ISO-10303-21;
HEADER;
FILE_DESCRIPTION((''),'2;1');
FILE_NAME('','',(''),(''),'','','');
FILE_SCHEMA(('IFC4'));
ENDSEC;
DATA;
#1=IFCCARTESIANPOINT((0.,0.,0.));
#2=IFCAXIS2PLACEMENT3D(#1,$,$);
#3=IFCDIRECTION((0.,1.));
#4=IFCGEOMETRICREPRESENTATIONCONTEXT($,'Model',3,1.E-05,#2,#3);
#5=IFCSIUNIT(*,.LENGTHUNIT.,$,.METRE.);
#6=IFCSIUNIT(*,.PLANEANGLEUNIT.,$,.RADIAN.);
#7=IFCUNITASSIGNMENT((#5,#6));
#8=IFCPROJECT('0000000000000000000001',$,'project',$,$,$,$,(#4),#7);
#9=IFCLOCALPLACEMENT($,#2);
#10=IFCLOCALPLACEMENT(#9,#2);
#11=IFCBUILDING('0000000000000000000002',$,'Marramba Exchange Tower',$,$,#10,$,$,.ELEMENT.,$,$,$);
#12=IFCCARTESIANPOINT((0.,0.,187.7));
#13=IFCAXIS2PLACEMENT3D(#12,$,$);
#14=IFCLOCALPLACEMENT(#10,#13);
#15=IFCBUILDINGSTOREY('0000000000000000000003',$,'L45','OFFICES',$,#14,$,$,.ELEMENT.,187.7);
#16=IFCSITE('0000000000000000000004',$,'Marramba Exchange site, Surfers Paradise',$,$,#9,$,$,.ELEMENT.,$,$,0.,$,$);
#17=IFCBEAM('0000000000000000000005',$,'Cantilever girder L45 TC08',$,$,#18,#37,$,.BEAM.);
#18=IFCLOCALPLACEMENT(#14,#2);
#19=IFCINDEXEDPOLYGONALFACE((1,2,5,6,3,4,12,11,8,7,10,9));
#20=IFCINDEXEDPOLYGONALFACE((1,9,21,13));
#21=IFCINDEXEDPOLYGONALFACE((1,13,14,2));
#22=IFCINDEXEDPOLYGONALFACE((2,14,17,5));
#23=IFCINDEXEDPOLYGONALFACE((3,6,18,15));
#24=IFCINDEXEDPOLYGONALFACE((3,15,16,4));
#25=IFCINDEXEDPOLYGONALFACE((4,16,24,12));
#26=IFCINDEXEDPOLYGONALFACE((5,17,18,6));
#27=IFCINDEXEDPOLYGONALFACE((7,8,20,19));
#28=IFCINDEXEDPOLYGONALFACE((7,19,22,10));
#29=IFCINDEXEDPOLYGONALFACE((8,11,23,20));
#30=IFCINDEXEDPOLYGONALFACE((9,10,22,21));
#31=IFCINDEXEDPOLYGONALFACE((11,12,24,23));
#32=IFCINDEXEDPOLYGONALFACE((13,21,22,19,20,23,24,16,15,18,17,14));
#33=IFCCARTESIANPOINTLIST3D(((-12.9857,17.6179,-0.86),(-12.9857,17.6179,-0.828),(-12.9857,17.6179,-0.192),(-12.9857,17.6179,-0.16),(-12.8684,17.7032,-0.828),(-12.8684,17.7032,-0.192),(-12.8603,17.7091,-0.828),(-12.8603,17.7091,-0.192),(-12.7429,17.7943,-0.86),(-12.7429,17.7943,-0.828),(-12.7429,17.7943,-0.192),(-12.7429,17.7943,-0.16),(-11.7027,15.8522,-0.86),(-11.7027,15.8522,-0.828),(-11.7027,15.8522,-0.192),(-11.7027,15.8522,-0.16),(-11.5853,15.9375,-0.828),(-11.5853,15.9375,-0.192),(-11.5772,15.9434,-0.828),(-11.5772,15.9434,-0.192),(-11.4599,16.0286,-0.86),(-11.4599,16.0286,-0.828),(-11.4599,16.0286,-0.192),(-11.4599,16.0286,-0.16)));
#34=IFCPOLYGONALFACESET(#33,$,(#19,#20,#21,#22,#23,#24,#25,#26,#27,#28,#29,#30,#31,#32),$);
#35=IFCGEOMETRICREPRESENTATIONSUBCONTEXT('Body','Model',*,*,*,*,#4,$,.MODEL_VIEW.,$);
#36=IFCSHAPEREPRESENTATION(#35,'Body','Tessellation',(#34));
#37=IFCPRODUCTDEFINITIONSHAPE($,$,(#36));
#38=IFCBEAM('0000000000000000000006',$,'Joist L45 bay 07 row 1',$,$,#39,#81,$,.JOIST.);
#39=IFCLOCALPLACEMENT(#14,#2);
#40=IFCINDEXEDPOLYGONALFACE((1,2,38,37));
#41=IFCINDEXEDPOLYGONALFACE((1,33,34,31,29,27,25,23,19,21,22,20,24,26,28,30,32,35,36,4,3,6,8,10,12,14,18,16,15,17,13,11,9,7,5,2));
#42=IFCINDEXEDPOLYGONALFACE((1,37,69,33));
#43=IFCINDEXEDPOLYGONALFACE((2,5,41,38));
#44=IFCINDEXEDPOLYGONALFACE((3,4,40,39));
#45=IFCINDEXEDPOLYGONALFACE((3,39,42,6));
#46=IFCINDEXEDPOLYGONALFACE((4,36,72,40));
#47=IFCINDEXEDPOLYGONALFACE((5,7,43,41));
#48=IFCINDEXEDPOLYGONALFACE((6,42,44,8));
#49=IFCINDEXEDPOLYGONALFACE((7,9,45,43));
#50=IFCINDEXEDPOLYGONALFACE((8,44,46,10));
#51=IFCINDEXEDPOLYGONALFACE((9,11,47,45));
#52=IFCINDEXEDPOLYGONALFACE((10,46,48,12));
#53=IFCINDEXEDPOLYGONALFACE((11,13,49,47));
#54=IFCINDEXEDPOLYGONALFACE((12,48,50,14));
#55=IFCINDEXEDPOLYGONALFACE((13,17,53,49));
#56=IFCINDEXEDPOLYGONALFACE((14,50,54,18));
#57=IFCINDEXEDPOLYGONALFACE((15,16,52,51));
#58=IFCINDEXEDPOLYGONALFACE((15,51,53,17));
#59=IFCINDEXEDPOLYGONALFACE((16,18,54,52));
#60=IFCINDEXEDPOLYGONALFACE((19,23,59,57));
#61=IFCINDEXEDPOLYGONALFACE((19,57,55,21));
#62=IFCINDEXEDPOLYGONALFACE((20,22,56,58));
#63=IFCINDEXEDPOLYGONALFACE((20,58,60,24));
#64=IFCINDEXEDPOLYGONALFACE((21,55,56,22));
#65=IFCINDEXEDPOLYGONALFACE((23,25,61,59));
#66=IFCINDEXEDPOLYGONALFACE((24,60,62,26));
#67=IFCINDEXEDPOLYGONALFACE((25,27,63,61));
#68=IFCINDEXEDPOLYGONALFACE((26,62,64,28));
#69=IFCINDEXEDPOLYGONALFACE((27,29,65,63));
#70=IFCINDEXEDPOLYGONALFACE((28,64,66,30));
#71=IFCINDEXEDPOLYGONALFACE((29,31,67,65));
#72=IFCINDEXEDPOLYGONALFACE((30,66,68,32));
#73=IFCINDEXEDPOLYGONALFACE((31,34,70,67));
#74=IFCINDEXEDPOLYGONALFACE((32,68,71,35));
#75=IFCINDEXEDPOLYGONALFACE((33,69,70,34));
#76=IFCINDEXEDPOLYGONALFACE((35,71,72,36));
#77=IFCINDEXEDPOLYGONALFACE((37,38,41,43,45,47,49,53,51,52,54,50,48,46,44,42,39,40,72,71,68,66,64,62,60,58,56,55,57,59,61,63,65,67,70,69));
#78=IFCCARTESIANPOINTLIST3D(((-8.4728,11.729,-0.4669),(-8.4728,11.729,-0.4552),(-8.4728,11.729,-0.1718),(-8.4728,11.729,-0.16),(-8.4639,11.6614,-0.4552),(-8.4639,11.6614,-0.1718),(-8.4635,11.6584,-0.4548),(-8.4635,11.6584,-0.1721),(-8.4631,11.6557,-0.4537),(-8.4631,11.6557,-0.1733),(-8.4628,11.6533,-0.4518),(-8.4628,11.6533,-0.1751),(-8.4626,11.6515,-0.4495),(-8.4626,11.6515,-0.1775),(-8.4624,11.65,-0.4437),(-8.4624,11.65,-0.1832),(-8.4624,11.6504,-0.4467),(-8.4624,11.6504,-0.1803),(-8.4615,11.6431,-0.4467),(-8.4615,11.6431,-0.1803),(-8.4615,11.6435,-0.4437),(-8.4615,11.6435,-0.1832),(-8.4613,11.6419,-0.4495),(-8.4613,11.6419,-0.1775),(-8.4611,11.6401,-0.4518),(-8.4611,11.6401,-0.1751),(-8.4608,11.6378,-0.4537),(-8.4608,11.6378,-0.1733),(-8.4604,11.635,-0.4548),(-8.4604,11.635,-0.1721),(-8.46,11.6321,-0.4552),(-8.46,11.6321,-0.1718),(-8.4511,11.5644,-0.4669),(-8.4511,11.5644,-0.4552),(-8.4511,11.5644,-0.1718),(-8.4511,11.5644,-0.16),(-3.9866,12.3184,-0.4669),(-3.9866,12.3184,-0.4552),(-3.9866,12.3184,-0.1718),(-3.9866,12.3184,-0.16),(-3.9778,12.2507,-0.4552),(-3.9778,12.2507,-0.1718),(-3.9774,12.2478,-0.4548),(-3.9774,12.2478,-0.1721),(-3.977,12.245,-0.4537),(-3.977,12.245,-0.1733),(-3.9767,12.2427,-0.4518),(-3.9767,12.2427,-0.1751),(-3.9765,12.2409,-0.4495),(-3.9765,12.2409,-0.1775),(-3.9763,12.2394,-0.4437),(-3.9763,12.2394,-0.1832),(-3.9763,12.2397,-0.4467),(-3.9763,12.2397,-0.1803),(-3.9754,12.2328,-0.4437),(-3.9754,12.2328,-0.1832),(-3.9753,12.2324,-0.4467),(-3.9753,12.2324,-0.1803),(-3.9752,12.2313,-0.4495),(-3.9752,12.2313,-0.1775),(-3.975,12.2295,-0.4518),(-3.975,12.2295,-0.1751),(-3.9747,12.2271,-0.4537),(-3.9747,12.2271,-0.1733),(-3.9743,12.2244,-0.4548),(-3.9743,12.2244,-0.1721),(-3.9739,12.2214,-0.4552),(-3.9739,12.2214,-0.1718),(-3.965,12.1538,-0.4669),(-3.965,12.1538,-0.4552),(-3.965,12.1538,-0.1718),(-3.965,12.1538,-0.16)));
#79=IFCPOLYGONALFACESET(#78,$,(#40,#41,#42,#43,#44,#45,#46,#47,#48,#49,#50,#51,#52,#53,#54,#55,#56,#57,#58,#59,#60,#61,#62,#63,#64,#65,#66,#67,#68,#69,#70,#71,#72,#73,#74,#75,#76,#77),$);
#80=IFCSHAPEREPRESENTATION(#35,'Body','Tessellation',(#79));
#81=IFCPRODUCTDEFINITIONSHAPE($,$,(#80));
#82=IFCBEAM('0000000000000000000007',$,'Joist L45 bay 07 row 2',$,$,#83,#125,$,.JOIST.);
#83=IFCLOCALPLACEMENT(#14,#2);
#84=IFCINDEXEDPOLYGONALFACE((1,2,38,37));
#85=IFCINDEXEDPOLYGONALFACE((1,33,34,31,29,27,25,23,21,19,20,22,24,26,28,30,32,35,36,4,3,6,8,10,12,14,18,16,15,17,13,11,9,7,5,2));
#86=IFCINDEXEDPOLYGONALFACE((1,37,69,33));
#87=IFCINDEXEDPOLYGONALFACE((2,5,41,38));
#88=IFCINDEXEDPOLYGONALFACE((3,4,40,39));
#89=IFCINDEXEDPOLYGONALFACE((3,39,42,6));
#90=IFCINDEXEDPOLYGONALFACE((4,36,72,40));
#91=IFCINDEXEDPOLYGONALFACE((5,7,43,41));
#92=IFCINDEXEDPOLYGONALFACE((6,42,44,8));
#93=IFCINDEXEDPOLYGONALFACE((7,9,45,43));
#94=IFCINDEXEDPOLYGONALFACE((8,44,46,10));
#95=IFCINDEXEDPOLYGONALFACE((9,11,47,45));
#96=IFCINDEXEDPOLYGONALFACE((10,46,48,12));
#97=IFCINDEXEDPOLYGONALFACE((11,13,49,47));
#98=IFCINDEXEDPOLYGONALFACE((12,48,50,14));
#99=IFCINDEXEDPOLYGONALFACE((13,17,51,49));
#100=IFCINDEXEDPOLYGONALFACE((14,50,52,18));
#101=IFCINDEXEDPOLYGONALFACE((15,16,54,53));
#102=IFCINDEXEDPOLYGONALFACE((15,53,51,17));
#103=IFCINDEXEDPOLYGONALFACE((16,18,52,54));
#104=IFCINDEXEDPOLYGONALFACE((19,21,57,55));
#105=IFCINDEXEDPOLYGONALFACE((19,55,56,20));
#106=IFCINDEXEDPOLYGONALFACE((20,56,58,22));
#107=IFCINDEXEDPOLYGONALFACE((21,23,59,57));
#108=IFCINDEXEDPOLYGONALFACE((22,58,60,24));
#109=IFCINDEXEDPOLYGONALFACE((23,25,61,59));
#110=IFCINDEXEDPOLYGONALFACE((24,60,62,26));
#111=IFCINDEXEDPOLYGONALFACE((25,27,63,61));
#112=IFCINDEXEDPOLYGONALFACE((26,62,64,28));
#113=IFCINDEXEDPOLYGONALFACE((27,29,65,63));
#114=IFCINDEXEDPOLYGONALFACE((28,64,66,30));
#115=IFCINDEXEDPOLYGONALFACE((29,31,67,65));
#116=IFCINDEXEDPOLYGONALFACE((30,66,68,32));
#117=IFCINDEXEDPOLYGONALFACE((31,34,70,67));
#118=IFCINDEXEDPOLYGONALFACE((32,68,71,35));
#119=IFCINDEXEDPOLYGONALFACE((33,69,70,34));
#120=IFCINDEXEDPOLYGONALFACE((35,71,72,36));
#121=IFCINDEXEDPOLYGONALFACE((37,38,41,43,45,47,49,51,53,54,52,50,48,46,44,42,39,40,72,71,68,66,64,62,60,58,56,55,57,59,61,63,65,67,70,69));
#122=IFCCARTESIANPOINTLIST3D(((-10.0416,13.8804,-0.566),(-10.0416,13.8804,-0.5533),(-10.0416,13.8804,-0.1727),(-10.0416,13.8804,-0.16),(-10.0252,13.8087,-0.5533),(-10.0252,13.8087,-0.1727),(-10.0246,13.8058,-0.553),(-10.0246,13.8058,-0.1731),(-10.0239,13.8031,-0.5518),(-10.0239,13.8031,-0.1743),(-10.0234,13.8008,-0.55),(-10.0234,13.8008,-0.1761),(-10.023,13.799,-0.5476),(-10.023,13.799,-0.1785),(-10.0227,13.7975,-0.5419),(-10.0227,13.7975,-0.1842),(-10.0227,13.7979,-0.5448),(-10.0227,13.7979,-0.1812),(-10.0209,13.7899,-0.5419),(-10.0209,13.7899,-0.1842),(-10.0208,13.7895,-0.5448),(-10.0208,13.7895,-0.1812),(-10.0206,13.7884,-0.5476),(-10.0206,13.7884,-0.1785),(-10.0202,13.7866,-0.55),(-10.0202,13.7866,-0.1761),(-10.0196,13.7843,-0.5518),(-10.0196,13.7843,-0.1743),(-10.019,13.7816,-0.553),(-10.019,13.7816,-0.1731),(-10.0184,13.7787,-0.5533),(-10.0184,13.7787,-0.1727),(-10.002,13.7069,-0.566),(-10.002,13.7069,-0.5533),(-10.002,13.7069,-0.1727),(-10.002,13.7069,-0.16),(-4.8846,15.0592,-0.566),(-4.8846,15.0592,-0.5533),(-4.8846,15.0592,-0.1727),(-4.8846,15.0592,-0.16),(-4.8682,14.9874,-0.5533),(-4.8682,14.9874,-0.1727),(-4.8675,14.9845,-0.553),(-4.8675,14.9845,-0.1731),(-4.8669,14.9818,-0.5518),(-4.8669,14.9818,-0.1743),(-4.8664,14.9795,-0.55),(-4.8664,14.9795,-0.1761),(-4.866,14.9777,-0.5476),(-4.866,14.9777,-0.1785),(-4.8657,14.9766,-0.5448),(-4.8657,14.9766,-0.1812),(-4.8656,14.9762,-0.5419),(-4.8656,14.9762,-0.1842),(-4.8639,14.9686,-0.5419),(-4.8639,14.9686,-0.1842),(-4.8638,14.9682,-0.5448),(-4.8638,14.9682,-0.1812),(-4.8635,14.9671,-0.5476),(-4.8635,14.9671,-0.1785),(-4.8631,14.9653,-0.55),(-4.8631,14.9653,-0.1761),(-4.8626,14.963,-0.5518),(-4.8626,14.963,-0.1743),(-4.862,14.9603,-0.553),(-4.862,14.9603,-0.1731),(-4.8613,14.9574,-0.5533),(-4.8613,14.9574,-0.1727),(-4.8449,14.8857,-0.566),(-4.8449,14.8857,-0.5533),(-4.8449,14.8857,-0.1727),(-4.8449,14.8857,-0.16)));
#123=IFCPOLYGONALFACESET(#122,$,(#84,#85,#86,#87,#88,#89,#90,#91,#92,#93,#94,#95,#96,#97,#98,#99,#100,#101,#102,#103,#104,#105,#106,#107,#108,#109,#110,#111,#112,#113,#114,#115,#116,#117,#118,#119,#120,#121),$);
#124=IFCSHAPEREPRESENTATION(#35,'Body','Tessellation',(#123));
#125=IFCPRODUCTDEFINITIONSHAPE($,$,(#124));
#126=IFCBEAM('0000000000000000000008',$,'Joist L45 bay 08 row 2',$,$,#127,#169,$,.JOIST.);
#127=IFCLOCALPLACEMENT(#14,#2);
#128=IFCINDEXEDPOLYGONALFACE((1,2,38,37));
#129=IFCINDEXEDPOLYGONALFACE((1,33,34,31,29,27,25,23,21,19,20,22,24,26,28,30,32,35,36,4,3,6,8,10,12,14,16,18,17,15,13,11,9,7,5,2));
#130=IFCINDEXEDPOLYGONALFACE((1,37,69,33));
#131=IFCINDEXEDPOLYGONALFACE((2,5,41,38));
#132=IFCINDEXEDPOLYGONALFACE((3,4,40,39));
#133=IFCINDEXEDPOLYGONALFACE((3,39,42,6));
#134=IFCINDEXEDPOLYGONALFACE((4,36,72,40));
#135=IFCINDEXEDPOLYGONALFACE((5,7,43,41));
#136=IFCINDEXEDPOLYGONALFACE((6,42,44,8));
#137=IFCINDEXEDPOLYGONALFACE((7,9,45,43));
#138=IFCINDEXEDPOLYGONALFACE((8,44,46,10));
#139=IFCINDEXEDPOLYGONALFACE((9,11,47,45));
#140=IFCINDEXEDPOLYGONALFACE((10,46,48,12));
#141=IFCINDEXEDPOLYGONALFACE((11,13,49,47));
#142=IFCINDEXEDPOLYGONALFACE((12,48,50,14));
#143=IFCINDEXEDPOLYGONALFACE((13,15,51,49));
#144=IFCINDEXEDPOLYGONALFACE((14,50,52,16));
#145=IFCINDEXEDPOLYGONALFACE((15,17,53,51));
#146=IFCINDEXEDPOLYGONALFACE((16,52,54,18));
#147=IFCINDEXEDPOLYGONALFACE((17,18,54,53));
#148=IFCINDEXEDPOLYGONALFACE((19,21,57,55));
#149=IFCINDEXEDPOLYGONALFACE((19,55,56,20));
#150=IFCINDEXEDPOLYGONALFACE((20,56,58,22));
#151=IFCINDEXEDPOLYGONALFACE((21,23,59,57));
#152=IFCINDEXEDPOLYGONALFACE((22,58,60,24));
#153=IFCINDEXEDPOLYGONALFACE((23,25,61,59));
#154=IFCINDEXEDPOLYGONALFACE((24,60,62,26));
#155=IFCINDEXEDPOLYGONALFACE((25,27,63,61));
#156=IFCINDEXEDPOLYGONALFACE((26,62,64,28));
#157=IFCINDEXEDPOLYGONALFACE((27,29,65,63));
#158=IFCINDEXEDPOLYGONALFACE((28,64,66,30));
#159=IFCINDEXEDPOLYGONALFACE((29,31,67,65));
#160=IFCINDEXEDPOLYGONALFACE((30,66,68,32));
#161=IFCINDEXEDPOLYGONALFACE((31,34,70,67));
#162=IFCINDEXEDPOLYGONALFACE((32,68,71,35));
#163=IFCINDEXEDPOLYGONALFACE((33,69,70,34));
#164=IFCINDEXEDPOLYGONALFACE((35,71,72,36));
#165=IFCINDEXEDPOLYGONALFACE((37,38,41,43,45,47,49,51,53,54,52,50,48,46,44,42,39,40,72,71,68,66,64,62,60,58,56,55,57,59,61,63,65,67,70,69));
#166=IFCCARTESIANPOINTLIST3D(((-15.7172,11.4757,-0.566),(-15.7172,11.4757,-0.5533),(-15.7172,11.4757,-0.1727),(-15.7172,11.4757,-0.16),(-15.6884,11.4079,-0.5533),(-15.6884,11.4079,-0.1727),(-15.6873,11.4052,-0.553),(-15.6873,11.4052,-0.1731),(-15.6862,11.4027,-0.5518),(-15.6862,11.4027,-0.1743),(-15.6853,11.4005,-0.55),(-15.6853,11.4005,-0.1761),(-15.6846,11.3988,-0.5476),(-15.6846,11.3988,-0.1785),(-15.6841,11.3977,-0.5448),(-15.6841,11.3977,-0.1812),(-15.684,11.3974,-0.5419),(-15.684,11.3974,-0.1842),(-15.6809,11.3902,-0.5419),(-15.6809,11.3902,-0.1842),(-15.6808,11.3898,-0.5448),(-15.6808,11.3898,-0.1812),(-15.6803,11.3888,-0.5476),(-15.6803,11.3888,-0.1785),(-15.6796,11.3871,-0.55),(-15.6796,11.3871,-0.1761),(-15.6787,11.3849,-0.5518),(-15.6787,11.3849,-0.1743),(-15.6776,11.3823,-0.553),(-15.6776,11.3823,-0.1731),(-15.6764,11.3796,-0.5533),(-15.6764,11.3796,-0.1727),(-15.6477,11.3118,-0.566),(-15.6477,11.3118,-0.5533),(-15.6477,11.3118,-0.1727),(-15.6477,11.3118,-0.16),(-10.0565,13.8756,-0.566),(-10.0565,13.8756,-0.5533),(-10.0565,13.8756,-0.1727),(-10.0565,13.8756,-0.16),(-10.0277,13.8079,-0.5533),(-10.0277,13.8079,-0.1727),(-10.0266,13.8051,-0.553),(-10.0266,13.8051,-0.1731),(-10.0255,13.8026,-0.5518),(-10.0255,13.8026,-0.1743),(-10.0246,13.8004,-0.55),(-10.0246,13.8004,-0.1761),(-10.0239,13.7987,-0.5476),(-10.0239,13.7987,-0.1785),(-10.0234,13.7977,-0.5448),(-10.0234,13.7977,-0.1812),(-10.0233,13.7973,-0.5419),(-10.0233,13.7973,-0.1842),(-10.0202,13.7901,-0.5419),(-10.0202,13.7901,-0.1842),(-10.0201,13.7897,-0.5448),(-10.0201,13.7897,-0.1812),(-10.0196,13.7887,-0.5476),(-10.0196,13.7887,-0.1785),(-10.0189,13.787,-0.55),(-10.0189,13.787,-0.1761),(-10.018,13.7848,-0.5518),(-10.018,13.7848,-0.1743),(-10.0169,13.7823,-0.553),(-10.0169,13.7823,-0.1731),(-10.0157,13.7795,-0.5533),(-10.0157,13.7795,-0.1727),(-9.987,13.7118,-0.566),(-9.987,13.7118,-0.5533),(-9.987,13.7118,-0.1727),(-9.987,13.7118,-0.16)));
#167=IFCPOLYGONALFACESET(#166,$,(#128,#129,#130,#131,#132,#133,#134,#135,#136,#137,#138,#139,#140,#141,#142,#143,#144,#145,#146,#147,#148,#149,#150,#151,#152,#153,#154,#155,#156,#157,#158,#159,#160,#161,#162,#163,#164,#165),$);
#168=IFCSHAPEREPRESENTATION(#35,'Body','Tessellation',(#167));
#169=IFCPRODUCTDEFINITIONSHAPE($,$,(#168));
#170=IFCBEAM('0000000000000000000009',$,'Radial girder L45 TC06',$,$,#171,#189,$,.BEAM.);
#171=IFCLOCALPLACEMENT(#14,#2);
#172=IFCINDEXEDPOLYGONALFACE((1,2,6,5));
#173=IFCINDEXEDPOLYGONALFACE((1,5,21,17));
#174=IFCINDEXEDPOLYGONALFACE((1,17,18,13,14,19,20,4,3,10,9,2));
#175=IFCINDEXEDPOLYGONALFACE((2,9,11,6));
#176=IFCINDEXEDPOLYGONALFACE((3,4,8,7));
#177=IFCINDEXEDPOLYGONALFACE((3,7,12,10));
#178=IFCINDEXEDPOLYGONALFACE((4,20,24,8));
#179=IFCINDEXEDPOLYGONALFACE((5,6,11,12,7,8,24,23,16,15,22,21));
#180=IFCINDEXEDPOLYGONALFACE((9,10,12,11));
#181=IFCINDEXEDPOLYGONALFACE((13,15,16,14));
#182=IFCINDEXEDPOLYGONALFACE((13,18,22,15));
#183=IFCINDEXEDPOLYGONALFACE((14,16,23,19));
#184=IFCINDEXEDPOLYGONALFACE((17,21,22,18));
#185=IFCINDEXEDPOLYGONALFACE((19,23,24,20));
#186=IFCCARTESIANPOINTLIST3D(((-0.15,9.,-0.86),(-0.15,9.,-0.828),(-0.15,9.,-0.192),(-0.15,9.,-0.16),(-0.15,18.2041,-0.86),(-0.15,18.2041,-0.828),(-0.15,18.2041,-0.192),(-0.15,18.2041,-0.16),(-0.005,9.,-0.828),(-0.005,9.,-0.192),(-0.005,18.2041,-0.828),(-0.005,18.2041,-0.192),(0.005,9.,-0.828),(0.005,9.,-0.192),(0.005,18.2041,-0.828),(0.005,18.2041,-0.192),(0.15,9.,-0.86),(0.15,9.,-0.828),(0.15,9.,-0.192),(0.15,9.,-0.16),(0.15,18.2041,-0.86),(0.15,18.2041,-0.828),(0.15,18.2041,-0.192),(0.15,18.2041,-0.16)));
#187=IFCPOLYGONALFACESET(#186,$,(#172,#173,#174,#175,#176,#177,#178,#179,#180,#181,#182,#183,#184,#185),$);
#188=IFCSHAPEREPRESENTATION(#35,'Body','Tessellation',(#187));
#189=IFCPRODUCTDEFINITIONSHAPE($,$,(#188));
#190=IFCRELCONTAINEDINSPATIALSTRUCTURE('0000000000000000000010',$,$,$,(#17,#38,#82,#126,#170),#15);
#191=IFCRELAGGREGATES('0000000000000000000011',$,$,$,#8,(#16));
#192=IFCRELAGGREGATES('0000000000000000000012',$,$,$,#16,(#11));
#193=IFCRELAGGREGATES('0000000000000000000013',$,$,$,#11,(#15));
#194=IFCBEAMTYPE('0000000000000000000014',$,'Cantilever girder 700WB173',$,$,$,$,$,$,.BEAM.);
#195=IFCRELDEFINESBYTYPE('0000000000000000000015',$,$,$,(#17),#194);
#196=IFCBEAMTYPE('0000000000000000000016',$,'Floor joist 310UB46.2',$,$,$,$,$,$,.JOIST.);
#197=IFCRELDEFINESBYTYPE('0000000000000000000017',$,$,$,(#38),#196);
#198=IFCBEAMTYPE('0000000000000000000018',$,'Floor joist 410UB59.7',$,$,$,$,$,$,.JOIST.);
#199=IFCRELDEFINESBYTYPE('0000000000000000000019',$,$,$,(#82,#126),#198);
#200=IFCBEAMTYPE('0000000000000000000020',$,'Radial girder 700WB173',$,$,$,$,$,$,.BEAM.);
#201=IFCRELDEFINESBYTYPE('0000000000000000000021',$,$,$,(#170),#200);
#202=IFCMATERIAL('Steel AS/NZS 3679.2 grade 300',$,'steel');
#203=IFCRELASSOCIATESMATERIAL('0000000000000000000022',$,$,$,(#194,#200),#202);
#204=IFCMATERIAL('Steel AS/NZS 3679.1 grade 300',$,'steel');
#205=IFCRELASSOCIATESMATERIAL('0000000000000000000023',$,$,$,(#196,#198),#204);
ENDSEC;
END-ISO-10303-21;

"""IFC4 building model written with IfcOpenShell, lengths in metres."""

from ifc_helpers import new_model, si_unit, direction, frame, origin, origin_2d, place, context, subcontext, project, spatial, i_section, extrude, material, material_profile, profile_set, type_object, element, save


model = new_model("IFC4")

# Units and contexts
model_context = context("Model", 3, precision=1e-05, world=origin(), true_north=direction((0.0, 1.0)))
body_context = subcontext(model_context, "Body", "Model", "MODEL_VIEW")
ifc_project = project(units=[si_unit("LENGTHUNIT", "METRE"), si_unit("PLANEANGLEUNIT", "RADIAN")], contexts=[model_context])

# Site, building, storey
site_placement = place(None, origin())
site = spatial("IfcSite", under=ifc_project, at=site_placement, Name="Marramba Exchange site, Surfers Paradise", CompositionType="ELEMENT", RefElevation=0.0)
building_placement = place(site_placement, origin())
building = spatial("IfcBuilding", under=site, at=building_placement, Name="Marramba Exchange Tower", CompositionType="ELEMENT")
storey_placement = place(building_placement, frame((0.0, 0.0, 187.7)))
storey = spatial("IfcBuildingStorey", under=building, at=storey_placement, Name="L45", Description="OFFICES", CompositionType="ELEMENT", Elevation=187.7)

# Beams
ifc_material_1 = material(Name="Steel AS/NZS 3679.2 grade 300", Category="steel")
ifc_material_profile_1 = material_profile(ifc_material_1, i_section(OverallWidth=0.3, OverallDepth=0.7, WebThickness=0.01, FlangeThickness=0.032, at=origin_2d()), Name="700WB173")
ifc_profile_set_1 = profile_set([ifc_material_profile_1], Name="Steel AS/NZS 3679.2 grade 300")
beam_type_1 = type_object("IfcBeamType", Name="Cantilever girder 700WB173", PredefinedType="BEAM", material=ifc_profile_set_1)
beam_1_placement = place(storey_placement, frame((-11.5813, 15.9404, -0.51), z_axis=(-0.587832, 0.808983, 0.0), x_axis=(-0.808983, -0.587832, 0.0)))
element("IfcBeam", 1, at=beam_1_placement, inside=storey, type_object=beam_type_1, Name="Cantilever girder L45 TC08", PredefinedType="BEAM", context=body_context, shape_type="SweptSolid", body=[
    extrude(i_section(OverallWidth=0.3, OverallDepth=0.7, WebThickness=0.01, FlangeThickness=0.032, at=origin_2d()), origin(), (0.0, 0.0, 1.0), 2.1826),
])
ifc_material_2 = material(Name="Steel AS/NZS 3679.1 grade 300", Category="steel")
ifc_material_profile_2 = material_profile(ifc_material_2, i_section(OverallWidth=0.166, OverallDepth=0.3069, WebThickness=0.0066, FlangeThickness=0.0117, FilletRadius=0.0115, at=origin_2d()), Name="310UB46.2")
ifc_profile_set_2 = profile_set([ifc_material_profile_2], Name="Steel AS/NZS 3679.1 grade 300")
beam_type_2 = type_object("IfcBeamType", Name="Floor joist 310UB46.2", PredefinedType="JOIST", material=ifc_profile_set_2)
beam_2_placement = place(storey_placement, frame((-3.9758, 12.2361, -0.3135), z_axis=(-0.991481, -0.130255, 0.0), x_axis=(0.130255, -0.991481, 0.0)))
element("IfcBeam", 2, at=beam_2_placement, inside=storey, type_object=beam_type_2, Name="Joist L45 bay 07 row 1", PredefinedType="JOIST", context=body_context, shape_type="SweptSolid", body=[
    extrude(i_section(OverallWidth=0.166, OverallDepth=0.3069, WebThickness=0.0066, FlangeThickness=0.0117, FilletRadius=0.0115, at=origin_2d()), origin(), (0.0, 0.0, 1.0), 4.5247),
])
ifc_material_profile_3 = material_profile(ifc_material_2, i_section(OverallWidth=0.178, OverallDepth=0.406, WebThickness=0.0078, FlangeThickness=0.0127, FilletRadius=0.0115, at=origin_2d()), Name="410UB59.7")
ifc_profile_set_3 = profile_set([ifc_material_profile_3], Name="Steel AS/NZS 3679.1 grade 300")
beam_type_3 = type_object("IfcBeamType", Name="Floor joist 410UB59.7", PredefinedType="JOIST", material=ifc_profile_set_3)
beam_3_placement = place(storey_placement, frame((-4.8647, 14.9724, -0.363), z_axis=(-0.97486, -0.22282, 0.0), x_axis=(0.22282, -0.97486, 0.0)))
element("IfcBeam", 3, at=beam_3_placement, inside=storey, type_object=beam_type_3, Name="Joist L45 bay 07 row 2", PredefinedType="JOIST", context=body_context, shape_type="SweptSolid", body=[
    extrude(i_section(OverallWidth=0.178, OverallDepth=0.406, WebThickness=0.0078, FlangeThickness=0.0127, FilletRadius=0.0115, at=origin_2d()), origin(), (0.0, 0.0, 1.0), 5.29),
])
beam_4_placement = place(storey_placement, frame((-10.0217, 13.7937, -0.363), z_axis=(-0.920674, -0.390332, 0.0), x_axis=(0.390332, -0.920674, 0.0)))
element("IfcBeam", 4, at=beam_4_placement, inside=storey, type_object=beam_type_3, Name="Joist L45 bay 08 row 2", PredefinedType="JOIST", context=body_context, shape_type="SweptSolid", body=[
    extrude(i_section(OverallWidth=0.178, OverallDepth=0.406, WebThickness=0.0078, FlangeThickness=0.0127, FilletRadius=0.0115, at=origin_2d()), origin(), (0.0, 0.0, 1.0), 6.1484),
])
ifc_material_profile_4 = material_profile(ifc_material_1, i_section(OverallWidth=0.3, OverallDepth=0.7, WebThickness=0.01, FlangeThickness=0.032, at=origin_2d()), Name="700WB173")
ifc_profile_set_4 = profile_set([ifc_material_profile_4], Name="Steel AS/NZS 3679.2 grade 300")
beam_type_4 = type_object("IfcBeamType", Name="Radial girder 700WB173", PredefinedType="BEAM", material=ifc_profile_set_4)
beam_5_placement = place(storey_placement, frame((0.0, 9.0, -0.51), z_axis=(0.0, 1.0, 0.0), x_axis=(-1.0, 0.0, 0.0)))
element("IfcBeam", 5, at=beam_5_placement, inside=storey, type_object=beam_type_4, Name="Radial girder L45 TC06", PredefinedType="BEAM", context=body_context, shape_type="SweptSolid", body=[
    extrude(i_section(OverallWidth=0.3, OverallDepth=0.7, WebThickness=0.01, FlangeThickness=0.032, at=origin_2d()), origin(), (0.0, 0.0, 1.0), 9.2041),
])

save(model, "model.ifc")
